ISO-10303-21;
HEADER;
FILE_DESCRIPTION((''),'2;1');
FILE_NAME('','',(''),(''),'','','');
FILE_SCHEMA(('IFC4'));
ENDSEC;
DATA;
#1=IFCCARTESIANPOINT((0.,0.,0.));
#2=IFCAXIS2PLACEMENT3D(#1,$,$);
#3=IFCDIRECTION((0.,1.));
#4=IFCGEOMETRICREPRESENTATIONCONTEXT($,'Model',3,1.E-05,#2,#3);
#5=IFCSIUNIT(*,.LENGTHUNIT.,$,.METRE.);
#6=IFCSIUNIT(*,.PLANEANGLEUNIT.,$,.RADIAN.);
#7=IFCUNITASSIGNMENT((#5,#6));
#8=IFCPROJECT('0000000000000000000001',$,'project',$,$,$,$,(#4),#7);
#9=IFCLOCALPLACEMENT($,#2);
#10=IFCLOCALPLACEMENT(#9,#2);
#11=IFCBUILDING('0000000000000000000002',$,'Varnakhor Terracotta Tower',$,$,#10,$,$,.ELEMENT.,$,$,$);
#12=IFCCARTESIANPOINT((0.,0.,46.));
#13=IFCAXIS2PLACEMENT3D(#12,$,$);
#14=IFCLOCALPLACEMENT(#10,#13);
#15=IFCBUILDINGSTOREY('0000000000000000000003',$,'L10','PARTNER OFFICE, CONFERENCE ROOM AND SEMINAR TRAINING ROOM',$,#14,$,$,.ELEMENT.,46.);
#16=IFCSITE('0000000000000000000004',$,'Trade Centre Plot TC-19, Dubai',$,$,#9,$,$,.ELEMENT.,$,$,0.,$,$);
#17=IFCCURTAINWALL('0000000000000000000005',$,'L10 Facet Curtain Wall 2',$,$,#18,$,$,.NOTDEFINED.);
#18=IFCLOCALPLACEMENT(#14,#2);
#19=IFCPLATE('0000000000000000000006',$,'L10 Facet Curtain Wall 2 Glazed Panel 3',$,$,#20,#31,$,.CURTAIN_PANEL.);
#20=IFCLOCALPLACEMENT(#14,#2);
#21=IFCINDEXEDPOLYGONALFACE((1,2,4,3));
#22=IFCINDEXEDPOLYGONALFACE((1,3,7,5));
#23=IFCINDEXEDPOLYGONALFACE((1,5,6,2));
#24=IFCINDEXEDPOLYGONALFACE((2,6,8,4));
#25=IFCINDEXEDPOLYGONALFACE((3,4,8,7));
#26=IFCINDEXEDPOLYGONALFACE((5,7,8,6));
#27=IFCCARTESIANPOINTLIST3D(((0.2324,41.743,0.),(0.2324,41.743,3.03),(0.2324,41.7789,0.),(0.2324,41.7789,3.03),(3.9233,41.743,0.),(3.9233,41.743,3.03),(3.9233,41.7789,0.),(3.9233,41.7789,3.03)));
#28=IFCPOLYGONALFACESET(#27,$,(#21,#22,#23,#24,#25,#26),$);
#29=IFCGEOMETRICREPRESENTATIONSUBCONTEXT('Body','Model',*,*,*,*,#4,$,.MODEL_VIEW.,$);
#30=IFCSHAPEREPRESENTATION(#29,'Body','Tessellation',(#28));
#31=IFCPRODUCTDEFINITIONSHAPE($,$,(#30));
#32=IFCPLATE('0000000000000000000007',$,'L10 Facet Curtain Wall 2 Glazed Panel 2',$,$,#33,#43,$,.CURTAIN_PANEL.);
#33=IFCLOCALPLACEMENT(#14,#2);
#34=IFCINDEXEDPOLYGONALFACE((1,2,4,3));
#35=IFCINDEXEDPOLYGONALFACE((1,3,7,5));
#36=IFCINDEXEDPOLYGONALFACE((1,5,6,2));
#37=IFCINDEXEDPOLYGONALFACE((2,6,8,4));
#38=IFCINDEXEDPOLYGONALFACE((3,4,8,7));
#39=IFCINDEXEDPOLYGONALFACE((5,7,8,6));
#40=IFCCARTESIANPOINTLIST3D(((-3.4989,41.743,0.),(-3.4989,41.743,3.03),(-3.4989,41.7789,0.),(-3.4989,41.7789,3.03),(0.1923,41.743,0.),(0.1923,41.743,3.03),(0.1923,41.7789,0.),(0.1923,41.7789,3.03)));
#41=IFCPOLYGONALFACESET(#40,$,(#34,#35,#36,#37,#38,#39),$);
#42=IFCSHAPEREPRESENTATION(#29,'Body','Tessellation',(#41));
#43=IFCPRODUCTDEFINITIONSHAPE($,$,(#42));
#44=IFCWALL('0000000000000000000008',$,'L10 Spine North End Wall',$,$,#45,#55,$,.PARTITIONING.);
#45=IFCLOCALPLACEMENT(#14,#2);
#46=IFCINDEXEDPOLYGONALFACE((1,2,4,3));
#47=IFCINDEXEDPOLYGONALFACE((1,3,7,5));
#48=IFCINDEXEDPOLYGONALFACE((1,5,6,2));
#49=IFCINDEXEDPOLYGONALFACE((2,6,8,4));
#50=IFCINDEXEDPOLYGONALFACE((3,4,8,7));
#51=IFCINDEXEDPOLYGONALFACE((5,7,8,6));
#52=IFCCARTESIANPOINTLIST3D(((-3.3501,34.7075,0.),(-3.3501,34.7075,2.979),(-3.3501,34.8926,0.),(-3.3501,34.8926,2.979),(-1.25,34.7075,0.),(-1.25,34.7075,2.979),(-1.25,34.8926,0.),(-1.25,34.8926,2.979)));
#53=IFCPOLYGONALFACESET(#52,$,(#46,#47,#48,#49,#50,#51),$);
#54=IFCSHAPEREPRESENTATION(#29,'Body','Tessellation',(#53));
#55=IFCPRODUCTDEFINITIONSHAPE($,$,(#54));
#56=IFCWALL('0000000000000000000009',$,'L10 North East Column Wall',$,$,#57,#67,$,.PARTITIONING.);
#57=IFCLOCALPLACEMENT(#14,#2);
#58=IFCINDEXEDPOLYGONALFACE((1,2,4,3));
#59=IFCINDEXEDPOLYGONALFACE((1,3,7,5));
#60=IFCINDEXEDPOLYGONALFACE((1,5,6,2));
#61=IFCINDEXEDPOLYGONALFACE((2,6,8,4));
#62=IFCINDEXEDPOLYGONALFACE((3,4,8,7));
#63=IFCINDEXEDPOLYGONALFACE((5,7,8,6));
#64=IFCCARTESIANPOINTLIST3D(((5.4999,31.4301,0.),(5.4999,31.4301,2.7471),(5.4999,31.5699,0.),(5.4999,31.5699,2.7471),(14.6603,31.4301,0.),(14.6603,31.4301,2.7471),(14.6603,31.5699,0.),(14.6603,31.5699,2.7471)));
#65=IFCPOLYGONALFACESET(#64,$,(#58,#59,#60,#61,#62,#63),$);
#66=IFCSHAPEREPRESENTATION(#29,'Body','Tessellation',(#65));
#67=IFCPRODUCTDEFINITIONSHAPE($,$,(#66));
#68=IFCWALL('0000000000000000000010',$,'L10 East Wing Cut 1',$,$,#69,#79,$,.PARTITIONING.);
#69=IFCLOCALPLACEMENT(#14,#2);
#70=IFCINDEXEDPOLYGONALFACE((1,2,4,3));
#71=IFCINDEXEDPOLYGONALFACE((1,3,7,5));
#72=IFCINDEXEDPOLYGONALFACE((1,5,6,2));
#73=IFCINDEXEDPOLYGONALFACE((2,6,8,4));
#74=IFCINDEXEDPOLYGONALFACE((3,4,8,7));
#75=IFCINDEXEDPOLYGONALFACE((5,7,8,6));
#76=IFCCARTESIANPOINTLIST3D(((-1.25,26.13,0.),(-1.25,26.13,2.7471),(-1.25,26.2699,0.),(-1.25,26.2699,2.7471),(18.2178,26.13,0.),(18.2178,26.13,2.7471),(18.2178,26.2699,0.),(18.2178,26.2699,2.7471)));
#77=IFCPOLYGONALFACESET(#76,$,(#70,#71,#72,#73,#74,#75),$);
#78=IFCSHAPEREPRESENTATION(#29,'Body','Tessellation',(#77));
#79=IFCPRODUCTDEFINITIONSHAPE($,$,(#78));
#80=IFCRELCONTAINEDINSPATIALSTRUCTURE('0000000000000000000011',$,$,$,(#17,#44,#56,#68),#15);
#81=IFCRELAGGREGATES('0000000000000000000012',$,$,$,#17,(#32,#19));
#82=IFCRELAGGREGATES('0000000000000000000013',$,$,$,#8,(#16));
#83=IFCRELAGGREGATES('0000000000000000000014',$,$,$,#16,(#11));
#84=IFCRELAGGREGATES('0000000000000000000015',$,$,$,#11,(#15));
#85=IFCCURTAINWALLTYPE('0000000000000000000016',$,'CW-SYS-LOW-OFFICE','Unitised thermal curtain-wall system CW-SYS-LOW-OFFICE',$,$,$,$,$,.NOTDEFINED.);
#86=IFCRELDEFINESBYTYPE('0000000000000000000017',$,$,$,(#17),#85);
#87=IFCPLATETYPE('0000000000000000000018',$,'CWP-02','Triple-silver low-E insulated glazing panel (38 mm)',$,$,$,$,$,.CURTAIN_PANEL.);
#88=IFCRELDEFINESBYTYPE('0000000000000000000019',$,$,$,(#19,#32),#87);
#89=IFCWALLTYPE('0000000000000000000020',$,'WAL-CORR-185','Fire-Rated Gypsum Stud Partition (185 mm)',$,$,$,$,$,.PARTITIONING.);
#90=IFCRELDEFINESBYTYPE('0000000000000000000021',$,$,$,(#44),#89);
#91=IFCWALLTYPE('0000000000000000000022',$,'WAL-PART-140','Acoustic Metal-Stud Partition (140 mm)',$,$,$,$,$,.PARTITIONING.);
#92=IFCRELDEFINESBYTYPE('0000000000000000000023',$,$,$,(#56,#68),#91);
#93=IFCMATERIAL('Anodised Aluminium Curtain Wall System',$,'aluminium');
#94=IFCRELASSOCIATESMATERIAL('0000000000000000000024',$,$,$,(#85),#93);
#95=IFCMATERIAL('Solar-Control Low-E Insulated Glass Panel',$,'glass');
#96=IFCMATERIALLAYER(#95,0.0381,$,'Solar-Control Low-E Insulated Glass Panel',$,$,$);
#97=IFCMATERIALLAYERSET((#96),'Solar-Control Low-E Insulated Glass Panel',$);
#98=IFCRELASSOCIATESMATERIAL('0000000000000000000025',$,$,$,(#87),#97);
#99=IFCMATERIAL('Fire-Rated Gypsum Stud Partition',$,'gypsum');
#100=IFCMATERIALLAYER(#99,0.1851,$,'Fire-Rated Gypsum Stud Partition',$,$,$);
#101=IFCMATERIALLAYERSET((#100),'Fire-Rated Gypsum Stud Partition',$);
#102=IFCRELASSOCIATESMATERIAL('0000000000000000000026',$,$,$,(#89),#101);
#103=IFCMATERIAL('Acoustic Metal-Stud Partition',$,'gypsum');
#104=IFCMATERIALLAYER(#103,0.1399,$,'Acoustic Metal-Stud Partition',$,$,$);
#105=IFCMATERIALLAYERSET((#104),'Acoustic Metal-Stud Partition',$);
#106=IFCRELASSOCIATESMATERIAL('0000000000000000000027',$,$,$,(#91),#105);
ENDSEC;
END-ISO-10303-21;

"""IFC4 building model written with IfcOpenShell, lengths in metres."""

from ifc_helpers import new_model, si_unit, direction, frame, frame_2d, origin, origin_2d, place, context, subcontext, project, spatial, rectangle, extrude, source, transform, mapped, material, layer, layer_set, type_object, element, aggregate, save


model = new_model("IFC4")

# Units and contexts
model_context = context("Model", 3, precision=1e-05, world=origin(), true_north=direction((0.0, 1.0)))
body_context = subcontext(model_context, "Body", "Model", "MODEL_VIEW")
ifc_project = project(units=[si_unit("LENGTHUNIT", "METRE"), si_unit("PLANEANGLEUNIT", "RADIAN")], contexts=[model_context])

# Site, building, storey
site_placement = place(None, origin())
site = spatial("IfcSite", under=ifc_project, at=site_placement, Name="Trade Centre Plot TC-19, Dubai", CompositionType="ELEMENT", RefElevation=0.0)
building_placement = place(site_placement, origin())
building = spatial("IfcBuilding", under=site, at=building_placement, Name="Varnakhor Terracotta Tower", CompositionType="ELEMENT")
storey_placement = place(building_placement, frame((0.0, 0.0, 46.0)))
storey = spatial("IfcBuildingStorey", under=building, at=storey_placement, Name="L10", Description="PARTNER OFFICE, CONFERENCE ROOM AND SEMINAR TRAINING ROOM", CompositionType="ELEMENT", Elevation=46.0)

# Curtain wall, plates
ifc_material_1 = material(Name="Anodised Aluminium Curtain Wall System", Category="aluminium")
curtain_wall_type = type_object("IfcCurtainWallType", Name="CW-SYS-LOW-OFFICE", Description="Unitised thermal curtain-wall system CW-SYS-LOW-OFFICE", PredefinedType="NOTDEFINED", material=ifc_material_1)
curtain_wall_placement = place(storey_placement, origin())
curtain_wall = element("IfcCurtainWall", 1, at=curtain_wall_placement, inside=storey, type_object=curtain_wall_type, Name="L10 Facet Curtain Wall 2", PredefinedType="NOTDEFINED")
ifc_material_2 = material(Name="Solar-Control Low-E Insulated Glass Panel", Category="glass")
ifc_layer_1 = layer(ifc_material_2, 0.0381, Name="Solar-Control Low-E Insulated Glass Panel")
ifc_layer_set_1 = layer_set([ifc_layer_1], Name="Solar-Control Low-E Insulated Glass Panel")
plate_type = type_object("IfcPlateType", Name="CWP-02", Description="Triple-silver low-E insulated glazing panel (38 mm)", PredefinedType="CURTAIN_PANEL", material=ifc_layer_set_1)
shared_shape_1 = source(origin(), body_context, "Body", "SweptSolid", [
    extrude(rectangle(XDim=3.6909, YDim=0.0359, at=origin_2d()), origin(), (0.0, 0.0, 1.0), 3.03),
])
plate_1_placement = place(storey_placement, frame((2.0779, 41.761, 0.0), z_axis=(0.0, 0.0, 1.0), x_axis=(1.0, 0.0, 0.0)))
plate_1 = element("IfcPlate", 2, at=plate_1_placement, type_object=plate_type, Name="L10 Facet Curtain Wall 2 Glazed Panel 3", PredefinedType="CURTAIN_PANEL", context=body_context, shape_type="MappedRepresentation", body=[
    mapped(shared_shape_1, transform((0.0, 0.0, 0.0), scale=1.0)),
])
shared_shape_2 = source(origin(), body_context, "Body", "SweptSolid", [
    extrude(rectangle(XDim=3.6912, YDim=0.0359, at=origin_2d()), origin(), (0.0, 0.0, 1.0), 3.03),
])
plate_2_placement = place(storey_placement, frame((-1.6533, 41.761, 0.0), z_axis=(0.0, 0.0, 1.0), x_axis=(1.0, 0.0, 0.0)))
plate_2 = element("IfcPlate", 3, at=plate_2_placement, type_object=plate_type, Name="L10 Facet Curtain Wall 2 Glazed Panel 2", PredefinedType="CURTAIN_PANEL", context=body_context, shape_type="MappedRepresentation", body=[
    mapped(shared_shape_2, transform((0.0, 0.0, 0.0), scale=1.0)),
])
aggregate(curtain_wall, [plate_2, plate_1])

# Walls
ifc_material_3 = material(Name="Fire-Rated Gypsum Stud Partition", Category="gypsum")
ifc_layer_2 = layer(ifc_material_3, 0.1851, Name="Fire-Rated Gypsum Stud Partition")
ifc_layer_set_2 = layer_set([ifc_layer_2], Name="Fire-Rated Gypsum Stud Partition")
wall_type_1 = type_object("IfcWallType", Name="WAL-CORR-185", Description="Fire-Rated Gypsum Stud Partition (185 mm)", PredefinedType="PARTITIONING", material=ifc_layer_set_2)
wall_1_placement = place(storey_placement, frame((-3.3501, 34.8, 0.0), z_axis=(0.0, 0.0, 1.0), x_axis=(1.0, 0.0, 0.0)))
element("IfcWall", 4, at=wall_1_placement, inside=storey, type_object=wall_type_1, Name="L10 Spine North End Wall", PredefinedType="PARTITIONING", context=body_context, shape_type="SweptSolid", body=[
    extrude(rectangle(XDim=2.1001, YDim=0.1851, at=frame_2d((1.05, 0.0))), origin(), (0.0, 0.0, 1.0), 2.979),
])
ifc_material_4 = material(Name="Acoustic Metal-Stud Partition", Category="gypsum")
ifc_layer_3 = layer(ifc_material_4, 0.1399, Name="Acoustic Metal-Stud Partition")
ifc_layer_set_3 = layer_set([ifc_layer_3], Name="Acoustic Metal-Stud Partition")
wall_type_2 = type_object("IfcWallType", Name="WAL-PART-140", Description="Acoustic Metal-Stud Partition (140 mm)", PredefinedType="PARTITIONING", material=ifc_layer_set_3)
wall_2_placement = place(storey_placement, frame((5.5, 31.5, 0.0), z_axis=(0.0, 0.0, 1.0), x_axis=(1.0, 0.0, 0.0)))
element("IfcWall", 5, at=wall_2_placement, inside=storey, type_object=wall_type_2, Name="L10 North East Column Wall", PredefinedType="PARTITIONING", context=body_context, shape_type="SweptSolid", body=[
    extrude(rectangle(XDim=9.1604, YDim=0.1399, at=frame_2d((4.5801, 0.0))), origin(), (0.0, 0.0, 1.0), 2.7471),
])
wall_3_placement = place(storey_placement, frame((-1.25, 26.2, 0.0), z_axis=(0.0, 0.0, 1.0), x_axis=(1.0, 0.0, 0.0)))
element("IfcWall", 6, at=wall_3_placement, inside=storey, type_object=wall_type_2, Name="L10 East Wing Cut 1", PredefinedType="PARTITIONING", context=body_context, shape_type="SweptSolid", body=[
    extrude(rectangle(XDim=19.4678, YDim=0.1399, at=frame_2d((9.7339, 0.0))), origin(), (0.0, 0.0, 1.0), 2.7471),
])

save(model, "model.ifc")
